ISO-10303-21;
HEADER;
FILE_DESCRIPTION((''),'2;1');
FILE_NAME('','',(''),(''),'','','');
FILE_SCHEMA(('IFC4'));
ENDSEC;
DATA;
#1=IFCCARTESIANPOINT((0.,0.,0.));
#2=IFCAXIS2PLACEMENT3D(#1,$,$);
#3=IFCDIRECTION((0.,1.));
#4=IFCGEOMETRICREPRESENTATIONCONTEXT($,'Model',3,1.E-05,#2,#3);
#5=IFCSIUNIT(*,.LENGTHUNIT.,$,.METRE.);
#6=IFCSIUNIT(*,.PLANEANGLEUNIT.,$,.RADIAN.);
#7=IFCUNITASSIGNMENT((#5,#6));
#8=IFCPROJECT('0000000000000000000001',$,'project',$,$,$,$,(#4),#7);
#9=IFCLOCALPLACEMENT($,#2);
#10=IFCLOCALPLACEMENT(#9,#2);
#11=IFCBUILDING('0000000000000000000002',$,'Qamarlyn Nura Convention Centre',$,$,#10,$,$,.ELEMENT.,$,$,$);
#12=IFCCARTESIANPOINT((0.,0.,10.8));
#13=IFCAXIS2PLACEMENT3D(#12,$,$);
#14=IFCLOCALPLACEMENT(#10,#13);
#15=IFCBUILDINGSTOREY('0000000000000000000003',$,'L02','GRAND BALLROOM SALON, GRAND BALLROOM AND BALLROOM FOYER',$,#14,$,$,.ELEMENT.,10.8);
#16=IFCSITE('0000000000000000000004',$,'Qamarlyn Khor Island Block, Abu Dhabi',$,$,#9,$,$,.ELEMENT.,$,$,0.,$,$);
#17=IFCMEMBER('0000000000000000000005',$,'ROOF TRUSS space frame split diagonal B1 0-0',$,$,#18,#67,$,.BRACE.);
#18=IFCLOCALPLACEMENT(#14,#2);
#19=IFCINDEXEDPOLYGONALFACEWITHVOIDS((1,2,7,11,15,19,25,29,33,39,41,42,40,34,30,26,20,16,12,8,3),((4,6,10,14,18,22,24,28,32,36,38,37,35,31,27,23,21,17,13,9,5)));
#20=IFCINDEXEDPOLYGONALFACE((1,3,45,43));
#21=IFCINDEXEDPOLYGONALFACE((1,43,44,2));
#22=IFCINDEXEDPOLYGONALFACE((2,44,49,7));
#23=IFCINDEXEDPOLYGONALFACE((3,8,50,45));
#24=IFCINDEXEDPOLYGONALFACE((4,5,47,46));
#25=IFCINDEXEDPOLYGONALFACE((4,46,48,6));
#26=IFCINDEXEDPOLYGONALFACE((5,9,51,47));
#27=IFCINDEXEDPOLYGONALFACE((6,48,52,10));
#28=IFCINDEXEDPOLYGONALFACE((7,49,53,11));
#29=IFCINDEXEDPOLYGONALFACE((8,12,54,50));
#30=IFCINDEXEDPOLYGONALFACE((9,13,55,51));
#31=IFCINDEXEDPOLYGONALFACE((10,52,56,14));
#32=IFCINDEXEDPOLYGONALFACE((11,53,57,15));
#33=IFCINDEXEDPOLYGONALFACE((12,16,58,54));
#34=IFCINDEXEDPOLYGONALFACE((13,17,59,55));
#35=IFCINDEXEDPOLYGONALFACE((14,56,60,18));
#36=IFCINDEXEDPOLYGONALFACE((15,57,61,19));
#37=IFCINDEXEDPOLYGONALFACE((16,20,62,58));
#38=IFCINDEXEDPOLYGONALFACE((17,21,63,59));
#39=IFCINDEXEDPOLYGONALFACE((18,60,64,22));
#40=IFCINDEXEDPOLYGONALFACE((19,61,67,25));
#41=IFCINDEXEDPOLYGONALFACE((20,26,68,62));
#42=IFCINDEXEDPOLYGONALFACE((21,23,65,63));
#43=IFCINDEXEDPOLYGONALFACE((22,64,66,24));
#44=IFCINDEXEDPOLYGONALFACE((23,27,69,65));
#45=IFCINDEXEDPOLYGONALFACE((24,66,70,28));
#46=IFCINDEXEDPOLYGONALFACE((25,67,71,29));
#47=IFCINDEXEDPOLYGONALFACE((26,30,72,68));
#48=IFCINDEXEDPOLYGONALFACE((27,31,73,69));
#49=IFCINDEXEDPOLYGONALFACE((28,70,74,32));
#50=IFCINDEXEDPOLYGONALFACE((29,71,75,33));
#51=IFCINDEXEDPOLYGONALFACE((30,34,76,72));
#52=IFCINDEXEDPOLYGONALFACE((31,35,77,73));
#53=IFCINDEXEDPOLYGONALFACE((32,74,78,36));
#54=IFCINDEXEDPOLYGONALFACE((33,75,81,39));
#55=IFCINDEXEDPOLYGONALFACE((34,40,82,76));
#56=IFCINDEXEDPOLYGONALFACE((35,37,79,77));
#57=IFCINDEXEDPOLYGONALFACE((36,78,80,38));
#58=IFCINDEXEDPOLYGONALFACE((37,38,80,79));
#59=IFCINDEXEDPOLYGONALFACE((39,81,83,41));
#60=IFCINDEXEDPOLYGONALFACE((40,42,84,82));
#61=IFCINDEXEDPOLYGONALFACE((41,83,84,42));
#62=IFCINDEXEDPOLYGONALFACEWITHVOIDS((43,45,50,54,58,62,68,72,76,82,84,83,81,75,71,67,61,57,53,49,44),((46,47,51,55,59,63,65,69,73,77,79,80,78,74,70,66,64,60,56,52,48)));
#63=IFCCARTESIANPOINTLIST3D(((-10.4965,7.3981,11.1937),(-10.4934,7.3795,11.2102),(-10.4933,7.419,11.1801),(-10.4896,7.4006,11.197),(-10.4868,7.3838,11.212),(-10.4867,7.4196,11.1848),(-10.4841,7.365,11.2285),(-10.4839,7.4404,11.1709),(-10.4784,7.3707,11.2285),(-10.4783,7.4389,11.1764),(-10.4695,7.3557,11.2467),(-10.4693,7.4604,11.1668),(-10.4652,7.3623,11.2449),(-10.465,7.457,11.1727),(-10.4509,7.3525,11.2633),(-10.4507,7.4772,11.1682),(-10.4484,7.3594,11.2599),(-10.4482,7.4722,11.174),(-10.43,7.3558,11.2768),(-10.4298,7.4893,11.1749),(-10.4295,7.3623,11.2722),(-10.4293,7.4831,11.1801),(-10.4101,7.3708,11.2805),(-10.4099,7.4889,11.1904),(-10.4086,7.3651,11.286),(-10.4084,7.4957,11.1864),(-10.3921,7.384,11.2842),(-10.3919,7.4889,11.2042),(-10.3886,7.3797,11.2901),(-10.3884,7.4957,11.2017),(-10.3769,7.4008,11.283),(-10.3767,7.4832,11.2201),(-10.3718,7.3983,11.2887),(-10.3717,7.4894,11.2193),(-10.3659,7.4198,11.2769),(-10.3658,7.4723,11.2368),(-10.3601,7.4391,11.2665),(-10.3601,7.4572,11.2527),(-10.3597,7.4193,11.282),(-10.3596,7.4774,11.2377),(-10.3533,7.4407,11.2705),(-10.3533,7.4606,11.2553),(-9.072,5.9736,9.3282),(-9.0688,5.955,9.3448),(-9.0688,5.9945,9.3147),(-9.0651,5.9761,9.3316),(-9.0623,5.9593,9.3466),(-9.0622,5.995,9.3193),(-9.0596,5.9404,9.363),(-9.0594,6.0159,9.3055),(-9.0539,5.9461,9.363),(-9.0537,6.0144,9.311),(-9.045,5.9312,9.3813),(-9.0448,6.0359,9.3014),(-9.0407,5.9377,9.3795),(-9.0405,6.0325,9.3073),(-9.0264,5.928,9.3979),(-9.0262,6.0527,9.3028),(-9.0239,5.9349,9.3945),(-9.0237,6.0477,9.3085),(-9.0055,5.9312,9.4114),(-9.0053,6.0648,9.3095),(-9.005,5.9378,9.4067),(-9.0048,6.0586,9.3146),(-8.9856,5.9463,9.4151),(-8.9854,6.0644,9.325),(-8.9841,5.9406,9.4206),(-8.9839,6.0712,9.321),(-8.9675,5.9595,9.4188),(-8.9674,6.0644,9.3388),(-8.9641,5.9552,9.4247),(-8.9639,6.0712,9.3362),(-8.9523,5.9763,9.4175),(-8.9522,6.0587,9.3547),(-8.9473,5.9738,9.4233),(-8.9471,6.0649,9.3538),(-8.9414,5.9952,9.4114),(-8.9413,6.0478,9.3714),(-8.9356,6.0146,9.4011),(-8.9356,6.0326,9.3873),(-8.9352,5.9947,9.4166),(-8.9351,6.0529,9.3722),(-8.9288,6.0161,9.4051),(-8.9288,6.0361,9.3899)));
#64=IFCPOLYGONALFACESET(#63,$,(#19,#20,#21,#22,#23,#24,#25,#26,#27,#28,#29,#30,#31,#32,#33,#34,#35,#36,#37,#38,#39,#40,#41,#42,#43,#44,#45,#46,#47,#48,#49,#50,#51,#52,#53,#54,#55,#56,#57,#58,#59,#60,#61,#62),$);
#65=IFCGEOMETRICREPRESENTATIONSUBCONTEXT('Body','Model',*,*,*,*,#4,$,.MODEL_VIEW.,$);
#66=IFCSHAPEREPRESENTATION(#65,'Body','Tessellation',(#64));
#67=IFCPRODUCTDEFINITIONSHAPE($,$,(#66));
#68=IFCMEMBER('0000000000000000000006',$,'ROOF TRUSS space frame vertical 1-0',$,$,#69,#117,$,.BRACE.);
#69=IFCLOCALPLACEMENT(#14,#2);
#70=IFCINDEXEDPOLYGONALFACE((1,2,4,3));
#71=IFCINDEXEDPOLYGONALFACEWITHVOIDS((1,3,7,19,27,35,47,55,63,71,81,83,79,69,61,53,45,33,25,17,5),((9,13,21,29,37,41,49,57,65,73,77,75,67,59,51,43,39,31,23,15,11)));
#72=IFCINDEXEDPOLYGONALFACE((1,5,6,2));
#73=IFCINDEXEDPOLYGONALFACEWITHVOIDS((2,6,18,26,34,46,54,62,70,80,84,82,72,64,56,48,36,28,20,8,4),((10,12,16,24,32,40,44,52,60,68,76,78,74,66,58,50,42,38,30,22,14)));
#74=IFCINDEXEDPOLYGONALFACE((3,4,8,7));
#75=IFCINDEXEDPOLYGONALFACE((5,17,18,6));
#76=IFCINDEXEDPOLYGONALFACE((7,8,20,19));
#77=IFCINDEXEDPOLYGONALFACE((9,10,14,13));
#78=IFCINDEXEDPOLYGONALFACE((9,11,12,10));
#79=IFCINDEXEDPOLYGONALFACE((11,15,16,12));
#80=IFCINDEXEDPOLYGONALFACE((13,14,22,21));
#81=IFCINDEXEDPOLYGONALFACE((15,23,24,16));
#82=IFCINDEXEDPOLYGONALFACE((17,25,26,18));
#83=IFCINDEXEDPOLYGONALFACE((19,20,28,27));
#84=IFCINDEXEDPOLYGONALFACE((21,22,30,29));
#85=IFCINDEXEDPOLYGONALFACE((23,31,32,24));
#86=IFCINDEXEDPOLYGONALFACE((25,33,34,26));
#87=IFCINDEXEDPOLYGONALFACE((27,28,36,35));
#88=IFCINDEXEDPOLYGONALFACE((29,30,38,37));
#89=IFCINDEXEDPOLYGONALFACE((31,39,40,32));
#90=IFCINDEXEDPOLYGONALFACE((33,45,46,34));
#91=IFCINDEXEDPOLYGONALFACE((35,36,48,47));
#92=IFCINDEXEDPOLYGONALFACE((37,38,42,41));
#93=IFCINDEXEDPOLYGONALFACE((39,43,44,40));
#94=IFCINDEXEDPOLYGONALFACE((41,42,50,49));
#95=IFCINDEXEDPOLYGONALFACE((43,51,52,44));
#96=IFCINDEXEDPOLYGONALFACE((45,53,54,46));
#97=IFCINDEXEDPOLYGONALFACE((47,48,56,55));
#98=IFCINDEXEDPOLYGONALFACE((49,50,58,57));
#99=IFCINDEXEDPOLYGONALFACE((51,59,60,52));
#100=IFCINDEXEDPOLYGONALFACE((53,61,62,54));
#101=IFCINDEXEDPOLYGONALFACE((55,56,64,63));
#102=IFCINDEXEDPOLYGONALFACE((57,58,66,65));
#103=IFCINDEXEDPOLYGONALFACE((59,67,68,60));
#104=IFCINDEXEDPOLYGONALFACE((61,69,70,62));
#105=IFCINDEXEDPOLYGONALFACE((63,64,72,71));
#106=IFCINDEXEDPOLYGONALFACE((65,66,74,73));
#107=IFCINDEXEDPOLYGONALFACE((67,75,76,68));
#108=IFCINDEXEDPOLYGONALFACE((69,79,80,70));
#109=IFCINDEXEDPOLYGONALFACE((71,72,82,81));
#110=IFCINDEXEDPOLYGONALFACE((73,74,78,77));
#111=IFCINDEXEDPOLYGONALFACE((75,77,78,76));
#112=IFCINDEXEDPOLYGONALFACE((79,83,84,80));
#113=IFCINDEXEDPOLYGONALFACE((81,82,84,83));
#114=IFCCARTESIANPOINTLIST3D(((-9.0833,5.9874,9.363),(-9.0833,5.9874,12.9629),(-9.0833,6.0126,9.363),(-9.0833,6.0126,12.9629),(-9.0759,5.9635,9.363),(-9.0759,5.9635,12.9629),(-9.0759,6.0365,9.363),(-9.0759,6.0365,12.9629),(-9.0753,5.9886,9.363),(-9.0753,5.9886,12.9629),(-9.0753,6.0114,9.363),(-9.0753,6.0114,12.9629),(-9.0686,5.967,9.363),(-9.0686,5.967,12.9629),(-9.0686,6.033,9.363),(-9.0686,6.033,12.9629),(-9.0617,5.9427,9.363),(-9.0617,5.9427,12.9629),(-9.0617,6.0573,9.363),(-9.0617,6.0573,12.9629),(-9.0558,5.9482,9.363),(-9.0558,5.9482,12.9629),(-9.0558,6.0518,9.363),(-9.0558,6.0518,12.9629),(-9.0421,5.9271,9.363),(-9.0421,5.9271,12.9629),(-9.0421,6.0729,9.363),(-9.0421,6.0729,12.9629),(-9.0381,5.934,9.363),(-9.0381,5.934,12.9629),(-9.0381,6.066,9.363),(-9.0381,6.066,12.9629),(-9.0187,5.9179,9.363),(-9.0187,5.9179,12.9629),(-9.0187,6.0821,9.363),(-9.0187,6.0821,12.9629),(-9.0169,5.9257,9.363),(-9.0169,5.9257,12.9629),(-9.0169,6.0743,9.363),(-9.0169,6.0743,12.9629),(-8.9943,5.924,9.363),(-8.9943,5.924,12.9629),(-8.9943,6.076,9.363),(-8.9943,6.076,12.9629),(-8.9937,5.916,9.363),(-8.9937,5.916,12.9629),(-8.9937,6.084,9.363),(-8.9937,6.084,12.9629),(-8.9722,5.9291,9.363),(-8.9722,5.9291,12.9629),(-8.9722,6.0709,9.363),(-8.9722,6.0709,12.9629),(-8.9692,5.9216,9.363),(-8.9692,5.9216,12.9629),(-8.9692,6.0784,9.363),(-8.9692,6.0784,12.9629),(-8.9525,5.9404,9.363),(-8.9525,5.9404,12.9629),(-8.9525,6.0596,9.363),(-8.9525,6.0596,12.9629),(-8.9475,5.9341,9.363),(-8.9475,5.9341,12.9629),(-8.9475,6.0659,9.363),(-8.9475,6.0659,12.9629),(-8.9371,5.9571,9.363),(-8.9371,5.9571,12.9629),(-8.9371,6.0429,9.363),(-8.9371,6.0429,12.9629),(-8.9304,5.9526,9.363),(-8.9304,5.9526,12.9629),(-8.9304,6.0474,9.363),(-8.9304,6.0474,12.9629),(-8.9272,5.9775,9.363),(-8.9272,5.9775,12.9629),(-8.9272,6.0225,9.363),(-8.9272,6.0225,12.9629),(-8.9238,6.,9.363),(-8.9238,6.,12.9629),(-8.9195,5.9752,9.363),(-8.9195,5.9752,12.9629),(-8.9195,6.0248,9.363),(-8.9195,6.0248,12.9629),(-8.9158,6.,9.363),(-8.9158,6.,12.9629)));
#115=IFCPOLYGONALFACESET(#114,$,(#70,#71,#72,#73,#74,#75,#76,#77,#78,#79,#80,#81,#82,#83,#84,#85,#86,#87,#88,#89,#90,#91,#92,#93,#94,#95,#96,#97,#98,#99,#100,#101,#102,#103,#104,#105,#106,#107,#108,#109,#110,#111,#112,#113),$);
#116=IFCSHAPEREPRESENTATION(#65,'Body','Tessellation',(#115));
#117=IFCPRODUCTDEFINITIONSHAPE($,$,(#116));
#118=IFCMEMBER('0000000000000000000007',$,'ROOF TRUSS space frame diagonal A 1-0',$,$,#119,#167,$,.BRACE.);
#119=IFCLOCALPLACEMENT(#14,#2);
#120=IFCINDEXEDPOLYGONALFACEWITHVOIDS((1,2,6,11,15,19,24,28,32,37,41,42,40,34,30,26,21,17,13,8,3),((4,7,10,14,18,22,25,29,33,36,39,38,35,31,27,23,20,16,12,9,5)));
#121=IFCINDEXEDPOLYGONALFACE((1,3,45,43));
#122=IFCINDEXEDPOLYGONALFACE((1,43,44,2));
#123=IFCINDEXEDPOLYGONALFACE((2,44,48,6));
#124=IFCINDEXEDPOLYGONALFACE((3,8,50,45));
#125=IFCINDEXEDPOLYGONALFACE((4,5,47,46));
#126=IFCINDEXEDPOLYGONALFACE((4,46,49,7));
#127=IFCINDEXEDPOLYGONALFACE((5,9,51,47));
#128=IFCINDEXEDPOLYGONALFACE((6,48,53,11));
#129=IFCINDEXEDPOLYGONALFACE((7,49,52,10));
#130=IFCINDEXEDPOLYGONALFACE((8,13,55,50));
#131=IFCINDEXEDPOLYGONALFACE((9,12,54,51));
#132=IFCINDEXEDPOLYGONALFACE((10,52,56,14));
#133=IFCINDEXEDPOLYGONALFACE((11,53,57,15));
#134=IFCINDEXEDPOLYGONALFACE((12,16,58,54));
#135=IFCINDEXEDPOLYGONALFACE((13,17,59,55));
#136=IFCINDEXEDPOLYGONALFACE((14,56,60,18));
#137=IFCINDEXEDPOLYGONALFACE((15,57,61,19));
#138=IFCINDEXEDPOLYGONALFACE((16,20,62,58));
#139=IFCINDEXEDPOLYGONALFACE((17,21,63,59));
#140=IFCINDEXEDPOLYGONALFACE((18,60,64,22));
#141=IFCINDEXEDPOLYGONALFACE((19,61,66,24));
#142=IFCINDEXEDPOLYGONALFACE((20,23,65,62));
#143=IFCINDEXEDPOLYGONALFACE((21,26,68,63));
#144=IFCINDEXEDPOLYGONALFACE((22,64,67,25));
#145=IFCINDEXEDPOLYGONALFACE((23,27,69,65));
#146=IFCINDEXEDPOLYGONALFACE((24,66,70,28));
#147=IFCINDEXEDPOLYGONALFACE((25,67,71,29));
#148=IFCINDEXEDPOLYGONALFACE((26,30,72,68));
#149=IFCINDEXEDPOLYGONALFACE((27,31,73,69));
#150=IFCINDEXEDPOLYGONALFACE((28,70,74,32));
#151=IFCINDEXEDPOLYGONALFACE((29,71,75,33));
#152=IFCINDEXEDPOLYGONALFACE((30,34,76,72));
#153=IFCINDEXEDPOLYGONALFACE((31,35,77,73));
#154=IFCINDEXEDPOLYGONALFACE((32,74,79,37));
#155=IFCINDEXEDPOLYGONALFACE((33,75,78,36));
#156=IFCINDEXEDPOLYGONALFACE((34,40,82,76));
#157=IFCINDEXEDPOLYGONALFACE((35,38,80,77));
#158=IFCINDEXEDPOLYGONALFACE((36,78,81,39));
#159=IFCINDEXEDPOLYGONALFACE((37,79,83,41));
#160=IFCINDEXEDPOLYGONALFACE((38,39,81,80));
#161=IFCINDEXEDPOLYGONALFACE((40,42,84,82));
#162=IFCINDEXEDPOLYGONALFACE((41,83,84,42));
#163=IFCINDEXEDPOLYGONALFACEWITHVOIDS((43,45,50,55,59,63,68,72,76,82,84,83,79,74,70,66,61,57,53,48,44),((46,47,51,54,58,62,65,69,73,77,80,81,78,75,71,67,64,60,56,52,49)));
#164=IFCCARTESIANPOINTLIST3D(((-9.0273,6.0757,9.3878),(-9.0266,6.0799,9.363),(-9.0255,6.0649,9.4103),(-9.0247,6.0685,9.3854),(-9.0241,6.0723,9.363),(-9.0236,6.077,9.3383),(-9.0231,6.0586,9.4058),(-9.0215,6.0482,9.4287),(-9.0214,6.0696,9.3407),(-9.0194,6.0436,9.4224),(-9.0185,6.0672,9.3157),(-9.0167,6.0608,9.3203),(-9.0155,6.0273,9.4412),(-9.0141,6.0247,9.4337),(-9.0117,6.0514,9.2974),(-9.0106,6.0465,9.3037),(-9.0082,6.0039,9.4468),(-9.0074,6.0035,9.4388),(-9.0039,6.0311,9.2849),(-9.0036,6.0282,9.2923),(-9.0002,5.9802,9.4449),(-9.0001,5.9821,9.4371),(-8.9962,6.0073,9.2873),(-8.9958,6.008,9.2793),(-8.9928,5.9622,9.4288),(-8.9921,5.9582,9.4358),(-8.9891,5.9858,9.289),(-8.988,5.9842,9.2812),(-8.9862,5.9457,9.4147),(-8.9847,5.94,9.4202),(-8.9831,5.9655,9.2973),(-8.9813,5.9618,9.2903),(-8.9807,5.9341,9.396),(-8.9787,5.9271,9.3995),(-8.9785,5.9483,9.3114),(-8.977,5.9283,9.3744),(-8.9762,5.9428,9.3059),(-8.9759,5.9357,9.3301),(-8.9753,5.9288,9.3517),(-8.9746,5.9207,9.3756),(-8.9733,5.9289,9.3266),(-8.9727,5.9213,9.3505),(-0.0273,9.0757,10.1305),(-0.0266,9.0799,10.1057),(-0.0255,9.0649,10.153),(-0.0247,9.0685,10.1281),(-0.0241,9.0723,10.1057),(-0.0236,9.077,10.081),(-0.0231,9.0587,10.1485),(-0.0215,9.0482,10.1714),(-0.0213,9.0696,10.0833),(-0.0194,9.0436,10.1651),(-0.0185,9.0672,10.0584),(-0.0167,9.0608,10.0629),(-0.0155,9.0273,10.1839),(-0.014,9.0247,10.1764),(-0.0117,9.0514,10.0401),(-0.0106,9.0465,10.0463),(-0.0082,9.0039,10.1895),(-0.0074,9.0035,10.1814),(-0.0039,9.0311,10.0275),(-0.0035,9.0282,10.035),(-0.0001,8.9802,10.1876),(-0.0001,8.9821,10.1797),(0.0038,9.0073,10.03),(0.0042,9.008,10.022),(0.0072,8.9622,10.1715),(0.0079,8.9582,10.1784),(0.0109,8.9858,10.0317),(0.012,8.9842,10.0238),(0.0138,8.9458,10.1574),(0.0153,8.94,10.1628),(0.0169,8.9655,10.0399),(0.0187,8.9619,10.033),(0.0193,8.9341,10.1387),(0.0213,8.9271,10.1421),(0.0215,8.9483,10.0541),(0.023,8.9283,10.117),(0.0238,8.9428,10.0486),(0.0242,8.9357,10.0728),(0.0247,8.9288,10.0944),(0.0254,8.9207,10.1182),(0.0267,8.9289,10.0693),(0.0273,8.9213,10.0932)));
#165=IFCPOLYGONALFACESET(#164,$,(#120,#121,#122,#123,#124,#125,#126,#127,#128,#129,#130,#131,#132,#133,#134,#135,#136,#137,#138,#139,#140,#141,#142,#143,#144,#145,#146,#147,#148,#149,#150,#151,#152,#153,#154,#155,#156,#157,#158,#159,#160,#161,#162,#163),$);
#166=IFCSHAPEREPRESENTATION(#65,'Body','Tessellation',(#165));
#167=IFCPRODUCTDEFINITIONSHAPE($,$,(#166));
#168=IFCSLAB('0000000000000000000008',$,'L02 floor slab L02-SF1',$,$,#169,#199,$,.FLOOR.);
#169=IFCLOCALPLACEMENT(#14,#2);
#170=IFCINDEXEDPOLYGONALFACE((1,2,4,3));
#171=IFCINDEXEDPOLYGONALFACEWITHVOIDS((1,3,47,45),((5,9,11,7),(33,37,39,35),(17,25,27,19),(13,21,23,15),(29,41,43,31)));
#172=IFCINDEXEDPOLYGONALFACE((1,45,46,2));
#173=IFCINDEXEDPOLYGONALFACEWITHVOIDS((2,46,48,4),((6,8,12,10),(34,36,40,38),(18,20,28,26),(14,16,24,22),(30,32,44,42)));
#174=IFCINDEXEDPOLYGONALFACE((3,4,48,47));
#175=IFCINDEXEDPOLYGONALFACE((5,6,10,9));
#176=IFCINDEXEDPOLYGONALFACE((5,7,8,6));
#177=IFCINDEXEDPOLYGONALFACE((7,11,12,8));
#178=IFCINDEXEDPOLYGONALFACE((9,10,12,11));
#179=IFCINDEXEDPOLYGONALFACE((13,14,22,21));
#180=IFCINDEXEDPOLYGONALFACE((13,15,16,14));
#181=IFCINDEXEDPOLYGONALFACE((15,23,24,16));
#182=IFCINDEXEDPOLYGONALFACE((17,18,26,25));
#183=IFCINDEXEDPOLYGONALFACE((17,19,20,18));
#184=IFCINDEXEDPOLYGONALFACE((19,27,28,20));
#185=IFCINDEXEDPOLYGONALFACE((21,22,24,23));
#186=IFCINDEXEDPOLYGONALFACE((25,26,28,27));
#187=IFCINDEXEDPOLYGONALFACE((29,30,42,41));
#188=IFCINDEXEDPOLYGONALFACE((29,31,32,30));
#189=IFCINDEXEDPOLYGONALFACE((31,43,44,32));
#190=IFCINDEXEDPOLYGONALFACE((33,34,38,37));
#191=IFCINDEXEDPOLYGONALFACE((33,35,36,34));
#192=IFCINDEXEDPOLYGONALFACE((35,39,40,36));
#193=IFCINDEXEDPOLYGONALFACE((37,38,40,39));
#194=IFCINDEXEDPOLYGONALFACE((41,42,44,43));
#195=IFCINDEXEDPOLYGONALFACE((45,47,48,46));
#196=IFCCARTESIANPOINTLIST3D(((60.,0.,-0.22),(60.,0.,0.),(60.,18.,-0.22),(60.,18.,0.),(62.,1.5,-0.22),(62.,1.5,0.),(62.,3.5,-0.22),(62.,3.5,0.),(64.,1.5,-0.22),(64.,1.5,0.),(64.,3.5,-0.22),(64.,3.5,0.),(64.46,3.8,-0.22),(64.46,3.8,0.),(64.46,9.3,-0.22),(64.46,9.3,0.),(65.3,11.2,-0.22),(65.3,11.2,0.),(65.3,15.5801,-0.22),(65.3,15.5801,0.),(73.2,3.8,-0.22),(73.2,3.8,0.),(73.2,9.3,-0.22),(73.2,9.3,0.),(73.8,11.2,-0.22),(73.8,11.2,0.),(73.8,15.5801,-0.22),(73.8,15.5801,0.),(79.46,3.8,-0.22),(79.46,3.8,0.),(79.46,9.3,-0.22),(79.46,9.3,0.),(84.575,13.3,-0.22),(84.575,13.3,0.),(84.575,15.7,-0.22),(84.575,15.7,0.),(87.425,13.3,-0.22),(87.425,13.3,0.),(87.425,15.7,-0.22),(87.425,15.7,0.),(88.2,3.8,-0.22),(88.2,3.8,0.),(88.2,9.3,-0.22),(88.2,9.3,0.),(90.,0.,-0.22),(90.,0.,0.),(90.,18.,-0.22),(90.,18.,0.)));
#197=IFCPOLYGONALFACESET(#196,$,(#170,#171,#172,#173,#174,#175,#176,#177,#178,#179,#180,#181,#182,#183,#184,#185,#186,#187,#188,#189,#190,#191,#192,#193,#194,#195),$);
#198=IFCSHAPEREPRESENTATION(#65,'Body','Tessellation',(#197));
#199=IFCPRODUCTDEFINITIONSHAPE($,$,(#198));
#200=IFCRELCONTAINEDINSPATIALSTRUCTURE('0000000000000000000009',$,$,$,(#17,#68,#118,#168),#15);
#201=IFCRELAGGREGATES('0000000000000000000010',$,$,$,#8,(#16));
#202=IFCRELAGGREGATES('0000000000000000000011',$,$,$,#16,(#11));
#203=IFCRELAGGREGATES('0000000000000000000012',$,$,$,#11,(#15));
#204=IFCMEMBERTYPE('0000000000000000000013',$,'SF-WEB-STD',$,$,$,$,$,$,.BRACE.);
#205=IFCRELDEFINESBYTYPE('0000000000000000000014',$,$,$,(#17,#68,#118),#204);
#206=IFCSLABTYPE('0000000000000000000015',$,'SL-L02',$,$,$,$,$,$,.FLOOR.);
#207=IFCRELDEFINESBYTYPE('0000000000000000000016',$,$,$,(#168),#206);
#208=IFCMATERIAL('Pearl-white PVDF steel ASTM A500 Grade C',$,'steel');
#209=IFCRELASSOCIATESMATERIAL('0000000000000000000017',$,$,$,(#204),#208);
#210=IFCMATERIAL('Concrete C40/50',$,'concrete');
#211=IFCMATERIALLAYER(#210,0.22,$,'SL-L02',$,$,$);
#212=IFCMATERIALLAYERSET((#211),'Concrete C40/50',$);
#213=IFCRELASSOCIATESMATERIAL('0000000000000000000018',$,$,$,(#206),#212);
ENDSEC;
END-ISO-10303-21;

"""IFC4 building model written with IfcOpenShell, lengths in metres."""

from ifc_helpers import new_model, si_unit, direction, frame, origin, origin_2d, place, context, subcontext, project, spatial, polyline, hollow_circle, outline, extrude, material, layer, layer_set, material_profile, profile_set, type_object, element, save


model = new_model("IFC4")

# Units and contexts
model_context = context("Model", 3, precision=1e-05, world=origin(), true_north=direction((0.0, 1.0)))
body_context = subcontext(model_context, "Body", "Model", "MODEL_VIEW")
ifc_project = project(units=[si_unit("LENGTHUNIT", "METRE"), si_unit("PLANEANGLEUNIT", "RADIAN")], contexts=[model_context])

# Site, building, storey
site_placement = place(None, origin())
site = spatial("IfcSite", under=ifc_project, at=site_placement, Name="Qamarlyn Khor Island Block, Abu Dhabi", CompositionType="ELEMENT", RefElevation=0.0)
building_placement = place(site_placement, origin())
building = spatial("IfcBuilding", under=site, at=building_placement, Name="Qamarlyn Nura Convention Centre", CompositionType="ELEMENT")
storey_placement = place(building_placement, frame((0.0, 0.0, 10.8)))
storey = spatial("IfcBuildingStorey", under=building, at=storey_placement, Name="L02", Description="GRAND BALLROOM SALON, GRAND BALLROOM AND BALLROOM FOYER", CompositionType="ELEMENT", Elevation=10.8)

# Members
ifc_material_1 = material(Name="Pearl-white PVDF steel ASTM A500 Grade C", Category="steel")
ifc_material_profile_1 = material_profile(ifc_material_1, hollow_circle(Radius=0.0842, WallThickness=0.0081, at=origin_2d()), Name="CHS168.3X8")
ifc_profile_set_1 = profile_set([ifc_material_profile_1], Name="Pearl-white PVDF steel ASTM A500 Grade C")
member_type_1 = type_object("IfcMemberType", Name="SF-WEB-STD", PredefinedType="BRACE", material=ifc_profile_set_1)
member_1_placement = place(storey_placement, frame((-9.0, 6.0, 9.363), z_axis=(-0.518837, 0.518837, 0.679423), x_axis=(-0.707107, -0.707107, 0.0)))
element("IfcMember", 1, at=member_1_placement, inside=storey, type_object=member_type_1, Name="ROOF TRUSS space frame split diagonal B1 0-0", PredefinedType="BRACE", context=body_context, shape_type="SweptSolid", body=[
    extrude(hollow_circle(Radius=0.0842, WallThickness=0.0081, at=origin_2d()), origin(), (0.0, 0.0, 1.0), 2.7456),
])
member_2_placement = place(storey_placement, frame((-9.0, 6.0, 9.363), z_axis=(0.0, 0.0, 1.0), x_axis=(1.0, 0.0, 0.0)))
element("IfcMember", 2, at=member_2_placement, inside=storey, type_object=member_type_1, Name="ROOF TRUSS space frame vertical 1-0", PredefinedType="BRACE", context=body_context, shape_type="SweptSolid", body=[
    extrude(hollow_circle(Radius=0.0842, WallThickness=0.0081, at=origin_2d()), origin(), (0.0, 0.0, 1.0), 3.5999),
])
member_3_placement = place(storey_placement, frame((-9.0, 6.0, 9.363), z_axis=(0.94579, 0.315263, 0.078046), x_axis=(-0.316228, 0.948683, 0.0)))
element("IfcMember", 3, at=member_3_placement, inside=storey, type_object=member_type_1, Name="ROOF TRUSS space frame diagonal A 1-0", PredefinedType="BRACE", context=body_context, shape_type="SweptSolid", body=[
    extrude(hollow_circle(Radius=0.0842, WallThickness=0.0081, at=origin_2d()), origin(), (0.0, 0.0, 1.0), 9.5159),
])

# Slab
ifc_material_2 = material(Name="Concrete C40/50", Category="concrete")
ifc_layer_1 = layer(ifc_material_2, 0.22, Name="SL-L02")
ifc_layer_set_1 = layer_set([ifc_layer_1], Name="Concrete C40/50")
slab_type_1 = type_object("IfcSlabType", Name="SL-L02", PredefinedType="FLOOR", material=ifc_layer_set_1)
slab_1_placement = place(storey_placement, frame((0.0, 0.0, -0.22)))
element("IfcSlab", 4, at=slab_1_placement, inside=storey, type_object=slab_type_1, Name="L02 floor slab L02-SF1", PredefinedType="FLOOR", context=body_context, shape_type="SweptSolid", body=[
    extrude(outline(polyline([(60.0, 18.0), (90.0, 18.0), (90.0, 0.0), (60.0, 0.0), (60.0, 18.0)]), holes=[polyline([(62.0, 3.5), (62.0, 1.5), (64.0, 1.5), (64.0, 3.5), (62.0, 3.5)]), polyline([(73.2, 3.8), (73.2, 9.3), (64.46, 9.3), (64.46, 3.8), (73.2, 3.8)]), polyline([(79.46, 3.8), (88.2, 3.8), (88.2, 9.3), (79.46, 9.3), (79.46, 3.8)]), polyline([(65.3, 11.2), (73.8, 11.2), (73.8, 15.5801), (65.3, 15.5801), (65.3, 11.2)]), polyline([(87.425, 15.7), (84.575, 15.7), (84.575, 13.3), (87.425, 13.3), (87.425, 15.7)])]), origin(), (0.0, 0.0, 1.0), 0.22),
])

save(model, "model.ifc")
